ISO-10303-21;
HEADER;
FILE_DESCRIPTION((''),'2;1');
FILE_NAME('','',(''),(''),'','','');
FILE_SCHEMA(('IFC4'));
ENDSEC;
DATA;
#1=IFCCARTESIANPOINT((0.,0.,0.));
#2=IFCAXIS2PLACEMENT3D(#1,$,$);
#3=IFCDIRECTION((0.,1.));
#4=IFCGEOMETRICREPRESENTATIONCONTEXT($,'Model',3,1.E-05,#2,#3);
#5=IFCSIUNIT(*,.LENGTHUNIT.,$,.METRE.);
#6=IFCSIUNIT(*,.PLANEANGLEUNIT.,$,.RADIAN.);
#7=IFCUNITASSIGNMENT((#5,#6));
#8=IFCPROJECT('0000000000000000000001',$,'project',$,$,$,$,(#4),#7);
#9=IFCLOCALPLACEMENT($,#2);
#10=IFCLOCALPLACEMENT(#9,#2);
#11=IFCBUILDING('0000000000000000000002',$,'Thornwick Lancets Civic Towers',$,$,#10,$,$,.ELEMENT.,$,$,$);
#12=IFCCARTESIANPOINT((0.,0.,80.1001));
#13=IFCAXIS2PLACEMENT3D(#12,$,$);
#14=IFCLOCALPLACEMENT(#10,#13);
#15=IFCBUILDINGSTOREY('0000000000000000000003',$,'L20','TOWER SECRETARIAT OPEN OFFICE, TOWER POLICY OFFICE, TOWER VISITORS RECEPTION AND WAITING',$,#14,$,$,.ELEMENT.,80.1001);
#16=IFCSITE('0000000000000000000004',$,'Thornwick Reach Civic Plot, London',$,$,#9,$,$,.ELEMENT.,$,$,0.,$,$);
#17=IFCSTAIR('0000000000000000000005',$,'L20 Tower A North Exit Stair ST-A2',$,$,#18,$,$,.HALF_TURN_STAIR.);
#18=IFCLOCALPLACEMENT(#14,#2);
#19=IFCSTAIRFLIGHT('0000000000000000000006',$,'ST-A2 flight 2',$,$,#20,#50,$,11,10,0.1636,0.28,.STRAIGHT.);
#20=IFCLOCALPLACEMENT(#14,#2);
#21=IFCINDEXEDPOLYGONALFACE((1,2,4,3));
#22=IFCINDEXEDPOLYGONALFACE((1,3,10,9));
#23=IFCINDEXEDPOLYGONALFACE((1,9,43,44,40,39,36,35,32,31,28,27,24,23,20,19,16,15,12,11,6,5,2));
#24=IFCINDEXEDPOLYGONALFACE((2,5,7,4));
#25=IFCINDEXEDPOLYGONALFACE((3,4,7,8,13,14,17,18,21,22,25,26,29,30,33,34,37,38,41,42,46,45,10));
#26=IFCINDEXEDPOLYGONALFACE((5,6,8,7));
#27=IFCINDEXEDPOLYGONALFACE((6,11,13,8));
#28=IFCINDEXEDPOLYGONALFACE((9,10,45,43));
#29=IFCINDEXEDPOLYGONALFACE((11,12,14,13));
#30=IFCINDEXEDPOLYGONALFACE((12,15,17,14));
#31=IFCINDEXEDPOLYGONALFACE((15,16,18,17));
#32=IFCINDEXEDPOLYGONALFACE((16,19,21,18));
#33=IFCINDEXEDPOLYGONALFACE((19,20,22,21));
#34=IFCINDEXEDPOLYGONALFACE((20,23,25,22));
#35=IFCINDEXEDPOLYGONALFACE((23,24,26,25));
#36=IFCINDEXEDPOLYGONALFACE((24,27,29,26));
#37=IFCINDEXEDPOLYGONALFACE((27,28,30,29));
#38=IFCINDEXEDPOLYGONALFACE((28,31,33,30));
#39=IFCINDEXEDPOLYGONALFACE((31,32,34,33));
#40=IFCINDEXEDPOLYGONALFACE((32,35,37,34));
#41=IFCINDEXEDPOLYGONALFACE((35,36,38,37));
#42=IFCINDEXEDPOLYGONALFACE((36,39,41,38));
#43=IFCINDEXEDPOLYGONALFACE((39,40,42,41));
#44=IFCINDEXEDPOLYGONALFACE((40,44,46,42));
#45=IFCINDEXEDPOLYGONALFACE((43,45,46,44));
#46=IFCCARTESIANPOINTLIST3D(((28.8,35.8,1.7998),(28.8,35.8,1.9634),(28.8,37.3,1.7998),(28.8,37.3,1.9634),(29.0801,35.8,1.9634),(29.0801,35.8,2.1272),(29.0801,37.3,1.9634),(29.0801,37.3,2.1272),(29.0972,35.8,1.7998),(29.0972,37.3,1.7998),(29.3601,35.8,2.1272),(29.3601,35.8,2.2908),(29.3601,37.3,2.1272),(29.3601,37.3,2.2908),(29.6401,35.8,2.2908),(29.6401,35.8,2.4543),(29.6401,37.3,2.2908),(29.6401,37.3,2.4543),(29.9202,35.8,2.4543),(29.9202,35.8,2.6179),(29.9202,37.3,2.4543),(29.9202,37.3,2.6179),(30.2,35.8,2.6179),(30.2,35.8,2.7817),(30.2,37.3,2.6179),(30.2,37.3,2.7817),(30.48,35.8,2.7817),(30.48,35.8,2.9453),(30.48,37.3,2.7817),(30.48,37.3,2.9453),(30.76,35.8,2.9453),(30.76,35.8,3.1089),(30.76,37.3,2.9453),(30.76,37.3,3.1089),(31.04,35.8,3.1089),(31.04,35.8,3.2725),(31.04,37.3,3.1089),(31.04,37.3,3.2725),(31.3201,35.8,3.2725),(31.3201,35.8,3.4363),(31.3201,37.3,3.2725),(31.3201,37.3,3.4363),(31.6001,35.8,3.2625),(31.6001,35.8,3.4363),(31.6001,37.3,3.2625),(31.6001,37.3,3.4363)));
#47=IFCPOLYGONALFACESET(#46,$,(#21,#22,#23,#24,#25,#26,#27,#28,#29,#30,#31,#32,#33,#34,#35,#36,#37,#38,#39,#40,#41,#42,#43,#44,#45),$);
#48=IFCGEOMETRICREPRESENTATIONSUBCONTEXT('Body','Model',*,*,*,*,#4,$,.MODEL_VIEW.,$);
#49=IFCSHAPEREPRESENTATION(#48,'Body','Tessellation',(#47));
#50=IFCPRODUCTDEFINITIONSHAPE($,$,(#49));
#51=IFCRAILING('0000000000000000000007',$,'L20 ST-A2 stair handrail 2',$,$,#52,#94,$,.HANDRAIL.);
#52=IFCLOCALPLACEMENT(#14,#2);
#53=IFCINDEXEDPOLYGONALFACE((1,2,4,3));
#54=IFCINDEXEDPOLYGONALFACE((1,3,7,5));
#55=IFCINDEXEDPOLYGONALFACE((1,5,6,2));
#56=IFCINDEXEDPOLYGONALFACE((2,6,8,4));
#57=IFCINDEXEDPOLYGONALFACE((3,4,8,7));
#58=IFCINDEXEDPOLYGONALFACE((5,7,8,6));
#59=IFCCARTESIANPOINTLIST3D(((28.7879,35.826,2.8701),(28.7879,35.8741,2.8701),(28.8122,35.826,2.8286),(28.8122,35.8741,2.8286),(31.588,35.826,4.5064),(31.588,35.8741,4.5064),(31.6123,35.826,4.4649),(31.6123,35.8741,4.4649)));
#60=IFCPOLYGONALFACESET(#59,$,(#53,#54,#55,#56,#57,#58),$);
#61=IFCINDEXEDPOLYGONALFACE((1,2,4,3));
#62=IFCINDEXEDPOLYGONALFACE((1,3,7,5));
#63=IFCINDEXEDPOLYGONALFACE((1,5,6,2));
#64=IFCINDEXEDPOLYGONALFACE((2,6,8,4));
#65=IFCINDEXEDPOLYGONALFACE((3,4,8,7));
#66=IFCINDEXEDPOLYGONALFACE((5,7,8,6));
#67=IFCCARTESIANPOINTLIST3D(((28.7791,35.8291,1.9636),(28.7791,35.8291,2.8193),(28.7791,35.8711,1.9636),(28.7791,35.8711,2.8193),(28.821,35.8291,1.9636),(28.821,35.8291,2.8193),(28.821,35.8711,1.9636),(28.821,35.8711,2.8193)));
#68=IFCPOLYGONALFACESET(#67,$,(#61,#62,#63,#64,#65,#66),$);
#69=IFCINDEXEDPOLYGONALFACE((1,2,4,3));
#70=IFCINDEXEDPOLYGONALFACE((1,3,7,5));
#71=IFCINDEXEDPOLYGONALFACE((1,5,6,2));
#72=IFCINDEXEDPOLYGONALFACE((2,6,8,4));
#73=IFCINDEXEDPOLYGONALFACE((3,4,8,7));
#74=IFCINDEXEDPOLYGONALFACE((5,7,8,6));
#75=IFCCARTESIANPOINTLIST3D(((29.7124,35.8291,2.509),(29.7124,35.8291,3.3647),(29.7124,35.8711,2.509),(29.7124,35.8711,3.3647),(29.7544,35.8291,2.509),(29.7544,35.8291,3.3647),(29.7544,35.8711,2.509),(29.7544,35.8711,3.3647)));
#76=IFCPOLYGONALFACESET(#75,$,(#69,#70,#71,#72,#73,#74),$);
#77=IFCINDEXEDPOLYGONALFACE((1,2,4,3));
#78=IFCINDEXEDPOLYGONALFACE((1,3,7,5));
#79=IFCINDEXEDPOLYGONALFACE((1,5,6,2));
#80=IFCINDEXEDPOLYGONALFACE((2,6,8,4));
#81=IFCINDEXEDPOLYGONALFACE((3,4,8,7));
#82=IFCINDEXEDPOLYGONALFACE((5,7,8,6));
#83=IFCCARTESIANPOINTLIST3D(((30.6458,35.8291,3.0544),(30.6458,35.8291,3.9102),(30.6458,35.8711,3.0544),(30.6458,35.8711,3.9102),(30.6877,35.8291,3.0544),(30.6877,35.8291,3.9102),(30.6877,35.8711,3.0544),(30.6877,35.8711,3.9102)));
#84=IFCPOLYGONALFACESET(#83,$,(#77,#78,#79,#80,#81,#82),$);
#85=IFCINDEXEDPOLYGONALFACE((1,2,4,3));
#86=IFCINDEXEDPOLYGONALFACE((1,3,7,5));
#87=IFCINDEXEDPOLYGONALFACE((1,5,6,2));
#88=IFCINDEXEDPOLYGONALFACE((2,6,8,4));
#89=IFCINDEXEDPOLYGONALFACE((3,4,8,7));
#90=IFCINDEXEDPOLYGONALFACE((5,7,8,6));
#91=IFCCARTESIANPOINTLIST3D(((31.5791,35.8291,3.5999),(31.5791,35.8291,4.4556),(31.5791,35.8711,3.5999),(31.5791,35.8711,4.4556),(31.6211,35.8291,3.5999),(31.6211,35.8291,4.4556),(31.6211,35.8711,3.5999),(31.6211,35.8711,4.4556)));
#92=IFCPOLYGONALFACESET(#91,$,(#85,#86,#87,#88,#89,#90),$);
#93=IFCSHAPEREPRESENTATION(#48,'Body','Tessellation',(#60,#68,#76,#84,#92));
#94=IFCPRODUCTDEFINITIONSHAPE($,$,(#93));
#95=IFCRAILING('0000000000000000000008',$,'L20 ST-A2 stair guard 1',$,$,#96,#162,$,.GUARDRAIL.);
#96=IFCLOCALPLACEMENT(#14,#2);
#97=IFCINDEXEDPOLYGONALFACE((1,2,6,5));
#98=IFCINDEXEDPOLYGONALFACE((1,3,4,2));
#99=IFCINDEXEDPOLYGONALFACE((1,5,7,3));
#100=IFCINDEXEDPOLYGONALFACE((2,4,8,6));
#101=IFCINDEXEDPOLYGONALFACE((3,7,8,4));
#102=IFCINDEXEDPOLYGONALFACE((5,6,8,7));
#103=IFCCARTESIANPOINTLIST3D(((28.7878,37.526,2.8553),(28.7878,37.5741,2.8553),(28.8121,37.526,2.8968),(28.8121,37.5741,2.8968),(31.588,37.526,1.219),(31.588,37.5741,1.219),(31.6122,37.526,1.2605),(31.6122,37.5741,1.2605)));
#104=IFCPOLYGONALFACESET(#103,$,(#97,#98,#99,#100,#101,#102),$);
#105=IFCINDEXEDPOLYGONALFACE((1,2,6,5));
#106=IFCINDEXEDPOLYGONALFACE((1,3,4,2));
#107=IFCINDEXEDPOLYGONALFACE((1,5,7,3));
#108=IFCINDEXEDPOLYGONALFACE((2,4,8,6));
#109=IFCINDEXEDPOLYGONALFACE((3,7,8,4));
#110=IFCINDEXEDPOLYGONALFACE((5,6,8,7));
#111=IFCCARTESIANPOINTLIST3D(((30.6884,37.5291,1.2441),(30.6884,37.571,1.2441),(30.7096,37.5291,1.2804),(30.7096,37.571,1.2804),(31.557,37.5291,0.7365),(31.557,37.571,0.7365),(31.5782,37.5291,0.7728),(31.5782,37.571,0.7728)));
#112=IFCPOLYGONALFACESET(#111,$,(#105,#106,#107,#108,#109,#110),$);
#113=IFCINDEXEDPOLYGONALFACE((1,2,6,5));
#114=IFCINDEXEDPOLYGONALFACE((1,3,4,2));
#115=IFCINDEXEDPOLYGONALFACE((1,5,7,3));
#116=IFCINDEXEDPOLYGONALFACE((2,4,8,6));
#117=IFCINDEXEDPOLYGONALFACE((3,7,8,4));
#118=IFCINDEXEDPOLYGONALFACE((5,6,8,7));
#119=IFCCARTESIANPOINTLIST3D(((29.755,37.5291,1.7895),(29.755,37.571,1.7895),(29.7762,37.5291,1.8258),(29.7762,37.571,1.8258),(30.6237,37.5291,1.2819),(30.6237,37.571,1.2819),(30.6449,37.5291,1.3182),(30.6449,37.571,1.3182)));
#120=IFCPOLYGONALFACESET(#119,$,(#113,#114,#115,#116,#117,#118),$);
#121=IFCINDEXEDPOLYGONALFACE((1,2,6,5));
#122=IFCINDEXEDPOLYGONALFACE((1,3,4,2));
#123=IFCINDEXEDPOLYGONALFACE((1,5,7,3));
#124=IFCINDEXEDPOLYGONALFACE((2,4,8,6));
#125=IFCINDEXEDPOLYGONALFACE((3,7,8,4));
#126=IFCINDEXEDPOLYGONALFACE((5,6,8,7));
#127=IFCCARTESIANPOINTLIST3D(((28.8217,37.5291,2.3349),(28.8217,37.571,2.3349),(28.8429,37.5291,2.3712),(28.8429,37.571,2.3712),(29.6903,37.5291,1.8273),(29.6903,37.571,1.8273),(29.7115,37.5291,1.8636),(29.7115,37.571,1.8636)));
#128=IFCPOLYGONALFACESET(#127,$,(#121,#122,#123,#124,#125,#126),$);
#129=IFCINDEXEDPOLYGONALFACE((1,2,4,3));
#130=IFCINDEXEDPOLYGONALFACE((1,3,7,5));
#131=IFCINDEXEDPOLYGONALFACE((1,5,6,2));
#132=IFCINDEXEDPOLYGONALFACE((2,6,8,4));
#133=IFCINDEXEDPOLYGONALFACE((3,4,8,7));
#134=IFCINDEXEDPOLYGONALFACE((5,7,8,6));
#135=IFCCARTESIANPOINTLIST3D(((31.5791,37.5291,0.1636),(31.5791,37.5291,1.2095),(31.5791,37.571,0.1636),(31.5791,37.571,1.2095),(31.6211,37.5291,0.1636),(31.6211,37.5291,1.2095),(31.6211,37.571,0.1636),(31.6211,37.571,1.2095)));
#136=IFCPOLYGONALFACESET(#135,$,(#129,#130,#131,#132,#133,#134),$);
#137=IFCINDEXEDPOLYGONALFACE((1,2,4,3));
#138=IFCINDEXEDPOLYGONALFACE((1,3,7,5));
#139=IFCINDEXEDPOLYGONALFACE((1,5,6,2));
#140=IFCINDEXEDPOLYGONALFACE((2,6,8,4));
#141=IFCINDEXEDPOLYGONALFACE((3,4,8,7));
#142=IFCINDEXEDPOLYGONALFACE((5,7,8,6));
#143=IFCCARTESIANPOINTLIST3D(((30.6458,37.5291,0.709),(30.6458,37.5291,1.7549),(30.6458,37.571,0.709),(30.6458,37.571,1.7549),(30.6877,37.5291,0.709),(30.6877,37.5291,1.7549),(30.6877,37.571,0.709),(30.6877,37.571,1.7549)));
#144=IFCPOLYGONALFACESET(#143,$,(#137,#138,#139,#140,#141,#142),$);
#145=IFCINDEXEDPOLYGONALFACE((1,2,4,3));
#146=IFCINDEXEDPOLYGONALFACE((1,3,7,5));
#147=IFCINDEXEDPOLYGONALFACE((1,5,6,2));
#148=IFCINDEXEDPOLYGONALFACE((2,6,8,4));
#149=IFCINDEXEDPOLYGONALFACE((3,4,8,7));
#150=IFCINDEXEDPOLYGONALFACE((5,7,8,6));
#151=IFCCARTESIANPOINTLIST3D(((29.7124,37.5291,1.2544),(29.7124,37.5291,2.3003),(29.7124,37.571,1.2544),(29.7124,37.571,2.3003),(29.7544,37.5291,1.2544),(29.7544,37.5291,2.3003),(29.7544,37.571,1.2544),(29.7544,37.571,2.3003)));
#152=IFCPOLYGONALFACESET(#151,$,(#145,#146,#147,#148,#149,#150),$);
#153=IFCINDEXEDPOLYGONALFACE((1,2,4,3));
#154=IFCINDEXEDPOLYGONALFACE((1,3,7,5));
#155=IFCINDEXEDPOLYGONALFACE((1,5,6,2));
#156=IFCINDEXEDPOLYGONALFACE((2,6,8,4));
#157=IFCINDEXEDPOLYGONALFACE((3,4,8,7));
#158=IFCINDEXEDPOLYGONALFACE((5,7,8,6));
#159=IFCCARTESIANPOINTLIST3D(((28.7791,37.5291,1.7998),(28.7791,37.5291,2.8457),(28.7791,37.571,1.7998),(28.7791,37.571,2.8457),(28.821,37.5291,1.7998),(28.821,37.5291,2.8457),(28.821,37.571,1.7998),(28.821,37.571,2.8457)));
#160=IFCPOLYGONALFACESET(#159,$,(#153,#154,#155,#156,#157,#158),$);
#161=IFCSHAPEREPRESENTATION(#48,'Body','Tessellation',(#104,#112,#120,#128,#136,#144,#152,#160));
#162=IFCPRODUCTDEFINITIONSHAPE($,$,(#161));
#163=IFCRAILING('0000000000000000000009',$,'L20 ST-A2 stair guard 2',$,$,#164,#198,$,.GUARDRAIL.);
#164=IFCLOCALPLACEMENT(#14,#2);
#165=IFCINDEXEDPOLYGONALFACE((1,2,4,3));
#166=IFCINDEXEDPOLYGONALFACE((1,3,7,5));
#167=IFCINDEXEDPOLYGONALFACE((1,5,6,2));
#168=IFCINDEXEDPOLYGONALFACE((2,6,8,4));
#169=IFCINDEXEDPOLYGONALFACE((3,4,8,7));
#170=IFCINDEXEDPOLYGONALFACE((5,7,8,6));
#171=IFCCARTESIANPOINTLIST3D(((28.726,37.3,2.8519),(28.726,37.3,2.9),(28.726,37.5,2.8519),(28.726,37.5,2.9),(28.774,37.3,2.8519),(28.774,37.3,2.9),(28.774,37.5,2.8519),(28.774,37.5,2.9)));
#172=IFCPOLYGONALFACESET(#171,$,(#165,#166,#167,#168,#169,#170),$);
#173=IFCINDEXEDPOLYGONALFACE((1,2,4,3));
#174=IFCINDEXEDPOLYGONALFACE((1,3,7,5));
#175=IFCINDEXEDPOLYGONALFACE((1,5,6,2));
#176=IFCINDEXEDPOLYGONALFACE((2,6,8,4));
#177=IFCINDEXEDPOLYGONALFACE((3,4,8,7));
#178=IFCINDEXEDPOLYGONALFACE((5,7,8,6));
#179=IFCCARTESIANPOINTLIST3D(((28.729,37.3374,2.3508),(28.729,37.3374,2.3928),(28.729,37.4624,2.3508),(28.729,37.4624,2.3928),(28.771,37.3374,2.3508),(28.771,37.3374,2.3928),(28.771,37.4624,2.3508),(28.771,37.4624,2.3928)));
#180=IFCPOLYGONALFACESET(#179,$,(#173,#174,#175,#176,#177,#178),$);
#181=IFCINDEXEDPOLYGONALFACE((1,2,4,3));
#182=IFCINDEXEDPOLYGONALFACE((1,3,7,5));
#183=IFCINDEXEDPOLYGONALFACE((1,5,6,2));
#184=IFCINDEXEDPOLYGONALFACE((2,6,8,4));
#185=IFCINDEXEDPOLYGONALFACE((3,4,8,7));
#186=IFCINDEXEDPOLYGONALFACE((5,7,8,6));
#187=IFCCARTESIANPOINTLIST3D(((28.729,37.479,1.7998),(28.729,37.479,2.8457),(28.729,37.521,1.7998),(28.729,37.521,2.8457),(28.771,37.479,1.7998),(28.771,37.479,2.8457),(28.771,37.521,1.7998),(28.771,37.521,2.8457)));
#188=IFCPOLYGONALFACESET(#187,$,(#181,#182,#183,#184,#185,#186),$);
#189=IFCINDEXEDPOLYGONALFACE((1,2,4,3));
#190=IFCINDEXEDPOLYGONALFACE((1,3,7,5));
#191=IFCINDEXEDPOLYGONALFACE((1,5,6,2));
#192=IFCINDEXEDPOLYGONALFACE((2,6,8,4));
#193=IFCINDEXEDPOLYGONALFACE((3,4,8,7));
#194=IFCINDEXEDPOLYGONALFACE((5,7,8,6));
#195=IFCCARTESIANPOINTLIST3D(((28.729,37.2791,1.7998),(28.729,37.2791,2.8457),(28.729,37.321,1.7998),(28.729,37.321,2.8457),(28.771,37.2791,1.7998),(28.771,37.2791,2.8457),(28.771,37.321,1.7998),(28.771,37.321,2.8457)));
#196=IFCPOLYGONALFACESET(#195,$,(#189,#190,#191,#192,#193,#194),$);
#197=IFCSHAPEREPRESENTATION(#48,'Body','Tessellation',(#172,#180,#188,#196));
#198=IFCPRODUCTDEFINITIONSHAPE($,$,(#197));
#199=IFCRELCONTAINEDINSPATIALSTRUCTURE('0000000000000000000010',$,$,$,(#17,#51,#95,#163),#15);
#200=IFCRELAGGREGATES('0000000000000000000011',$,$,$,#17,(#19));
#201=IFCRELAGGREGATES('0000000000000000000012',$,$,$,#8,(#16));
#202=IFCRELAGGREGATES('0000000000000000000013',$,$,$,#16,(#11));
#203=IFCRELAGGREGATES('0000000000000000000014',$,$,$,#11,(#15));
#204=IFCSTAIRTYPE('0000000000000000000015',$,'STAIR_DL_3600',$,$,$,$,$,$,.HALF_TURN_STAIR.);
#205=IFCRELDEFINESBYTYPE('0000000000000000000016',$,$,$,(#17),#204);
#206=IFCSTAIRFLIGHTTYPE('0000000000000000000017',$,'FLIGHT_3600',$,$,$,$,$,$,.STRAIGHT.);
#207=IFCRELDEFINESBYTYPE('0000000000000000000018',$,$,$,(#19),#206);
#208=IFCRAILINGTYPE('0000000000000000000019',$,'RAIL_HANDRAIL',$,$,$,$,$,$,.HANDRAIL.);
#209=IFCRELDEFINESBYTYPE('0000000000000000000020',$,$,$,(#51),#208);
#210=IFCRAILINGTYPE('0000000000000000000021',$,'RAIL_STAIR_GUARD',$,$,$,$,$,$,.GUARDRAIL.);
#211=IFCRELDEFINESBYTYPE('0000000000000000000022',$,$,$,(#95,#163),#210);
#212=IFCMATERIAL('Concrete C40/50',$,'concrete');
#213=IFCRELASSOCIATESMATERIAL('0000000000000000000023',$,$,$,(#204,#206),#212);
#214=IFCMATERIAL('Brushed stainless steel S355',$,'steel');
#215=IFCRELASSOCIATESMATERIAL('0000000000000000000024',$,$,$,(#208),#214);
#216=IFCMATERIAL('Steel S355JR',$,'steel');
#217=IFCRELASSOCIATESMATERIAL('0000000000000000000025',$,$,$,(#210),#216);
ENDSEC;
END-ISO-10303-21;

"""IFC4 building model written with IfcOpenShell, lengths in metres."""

from ifc_helpers import new_model, si_unit, direction, frame, origin, origin_2d, place, context, subcontext, project, spatial, polyline, rectangle, outline, extrude, material, type_object, element, aggregate, save


model = new_model("IFC4")

# Units and contexts
model_context = context("Model", 3, precision=1e-05, world=origin(), true_north=direction((0.0, 1.0)))
body_context = subcontext(model_context, "Body", "Model", "MODEL_VIEW")
ifc_project = project(units=[si_unit("LENGTHUNIT", "METRE"), si_unit("PLANEANGLEUNIT", "RADIAN")], contexts=[model_context])

# Site, building, storey
site_placement = place(None, origin())
site = spatial("IfcSite", under=ifc_project, at=site_placement, Name="Thornwick Reach Civic Plot, London", CompositionType="ELEMENT", RefElevation=0.0)
building_placement = place(site_placement, origin())
building = spatial("IfcBuilding", under=site, at=building_placement, Name="Thornwick Lancets Civic Towers", CompositionType="ELEMENT")
storey_placement = place(building_placement, frame((0.0, 0.0, 80.1001)))
storey = spatial("IfcBuildingStorey", under=building, at=storey_placement, Name="L20", Description="TOWER SECRETARIAT OPEN OFFICE, TOWER POLICY OFFICE, TOWER VISITORS RECEPTION AND WAITING", CompositionType="ELEMENT", Elevation=80.1001)

# Shared definitions
ifc_material_1 = material(Name="Steel S355JR", Category="steel")

# Shared definitions
ifc_material_2 = material(Name="Concrete C40/50", Category="concrete")

# Stair, stair flight
stair_type = type_object("IfcStairType", Name="STAIR_DL_3600", PredefinedType="HALF_TURN_STAIR", material=ifc_material_2)
stair_placement = place(storey_placement, origin())
stair = element("IfcStair", 1, at=stair_placement, inside=storey, type_object=stair_type, Name="L20 Tower A North Exit Stair ST-A2", PredefinedType="HALF_TURN_STAIR")
stair_flight_type = type_object("IfcStairFlightType", Name="FLIGHT_3600", PredefinedType="STRAIGHT", material=ifc_material_2)
stair_flight_1_placement = place(storey_placement, frame((28.8, 36.55, 1.7998), z_axis=(0.0, 0.0, 1.0), x_axis=(1.0, 0.0, 0.0)))
stair_flight_1 = element("IfcStairFlight", 2, at=stair_flight_1_placement, type_object=stair_flight_type, Name="ST-A2 flight 2", NumberOfRisers=11, NumberOfTreads=10, PredefinedType="STRAIGHT", RiserHeight=0.1636, TreadLength=0.28, context=body_context, shape_type="SweptSolid", body=[
    extrude(outline(polyline([(0.0, 0.0), (0.0, 0.1636), (0.28, 0.1636), (0.28, 0.3274), (0.5601, 0.3274), (0.5601, 0.491), (0.8401, 0.491), (0.8401, 0.6545), (1.1201, 0.6545), (1.1201, 0.8181), (1.3999, 0.8181), (1.3999, 0.9819), (1.6799, 0.9819), (1.6799, 1.1455), (1.96, 1.1455), (1.96, 1.3091), (2.24, 1.3091), (2.24, 1.4727), (2.52, 1.4727), (2.52, 1.6365), (2.8, 1.6365), (2.8, 1.8), (2.8, 1.4626), (0.2971, 0.0), (0.0, 0.0)])), frame((0.0, 0.75, 0.0), z_axis=(0.0, -1.0, 0.0), x_axis=(1.0, 0.0, 0.0)), (0.0, 0.0, 1.0), 1.5),
])
aggregate(stair, [stair_flight_1])

# Railings
ifc_material_3 = material(Name="Brushed stainless steel S355", Category="steel")
railing_type_1 = type_object("IfcRailingType", Name="RAIL_HANDRAIL", PredefinedType="HANDRAIL", material=ifc_material_3)
railing_1_placement = place(storey_placement, frame((28.8, 35.8501, 1.9636)))
element("IfcRailing", 3, at=railing_1_placement, inside=storey, type_object=railing_type_1, Name="L20 ST-A2 stair handrail 2", PredefinedType="HANDRAIL", context=body_context, shape_type="SweptSolid", body=[
    extrude(rectangle(XDim=0.0481, YDim=0.0481, at=origin_2d()), frame((0.0, 0.0, 0.8857), z_axis=(0.863394, 0.0, 0.504531), x_axis=(0.0, 1.0, 0.0)), (0.0, 0.0, 1.0), 3.2432),
    extrude(rectangle(XDim=0.042, YDim=0.042, at=origin_2d()), origin(), (0.0, 0.0, 1.0), 0.8557),
    extrude(rectangle(XDim=0.042, YDim=0.042, at=origin_2d()), frame((0.9333, 0.0, 0.5454)), (0.0, 0.0, 1.0), 0.8557),
    extrude(rectangle(XDim=0.042, YDim=0.042, at=origin_2d()), frame((1.8667, 0.0, 1.0908)), (0.0, 0.0, 1.0), 0.8557),
    extrude(rectangle(XDim=0.042, YDim=0.042, at=origin_2d()), frame((2.8, 0.0, 1.6362)), (0.0, 0.0, 1.0), 0.8557),
])
railing_type_2 = type_object("IfcRailingType", Name="RAIL_STAIR_GUARD", PredefinedType="GUARDRAIL", material=ifc_material_1)
railing_2_placement = place(storey_placement, frame((31.6001, 37.55, 0.1636)))
element("IfcRailing", 4, at=railing_2_placement, inside=storey, type_object=railing_type_2, Name="L20 ST-A2 stair guard 1", PredefinedType="GUARDRAIL", context=body_context, shape_type="SweptSolid", body=[
    extrude(rectangle(XDim=0.0481, YDim=0.0481, at=origin_2d()), frame((0.0, 0.0, 1.0762), z_axis=(-0.863394, 0.0, 0.504531), x_axis=(0.0, -1.0, 0.0)), (0.0, 0.0, 1.0), 3.2432),
    extrude(rectangle(XDim=0.042, YDim=0.042, at=origin_2d()), frame((-0.0325, 0.0, 0.5911), z_axis=(-0.863394, 0.0, 0.504531), x_axis=(0.0, -1.0, 0.0)), (0.0, 0.0, 1.0), 1.0061),
    extrude(rectangle(XDim=0.042, YDim=0.042, at=origin_2d()), frame((-0.9658, 0.0, 1.1365), z_axis=(-0.863394, 0.0, 0.504531), x_axis=(0.0, -1.0, 0.0)), (0.0, 0.0, 1.0), 1.0061),
    extrude(rectangle(XDim=0.042, YDim=0.042, at=origin_2d()), frame((-1.8992, 0.0, 1.6819), z_axis=(-0.863394, 0.0, 0.504531), x_axis=(0.0, -1.0, 0.0)), (0.0, 0.0, 1.0), 1.0061),
    extrude(rectangle(XDim=0.042, YDim=0.042, at=origin_2d()), origin(), (0.0, 0.0, 1.0), 1.0459),
    extrude(rectangle(XDim=0.042, YDim=0.042, at=origin_2d()), frame((-0.9333, 0.0, 0.5454)), (0.0, 0.0, 1.0), 1.0459),
    extrude(rectangle(XDim=0.042, YDim=0.042, at=origin_2d()), frame((-1.8667, 0.0, 1.0908)), (0.0, 0.0, 1.0), 1.0459),
    extrude(rectangle(XDim=0.042, YDim=0.042, at=origin_2d()), frame((-2.8, 0.0, 1.6362)), (0.0, 0.0, 1.0), 1.0459),
])
railing_3_placement = place(storey_placement, frame((28.75, 37.5, 1.7998)))
element("IfcRailing", 5, at=railing_3_placement, inside=storey, type_object=railing_type_2, Name="L20 ST-A2 stair guard 2", PredefinedType="GUARDRAIL", context=body_context, shape_type="SweptSolid", body=[
    extrude(rectangle(XDim=0.0481, YDim=0.0481, at=origin_2d()), frame((0.0, 0.0, 1.0762), z_axis=(0.0, -1.0, 0.0), x_axis=(1.0, 0.0, 0.0)), (0.0, 0.0, 1.0), 0.2),
    extrude(rectangle(XDim=0.042, YDim=0.042, at=origin_2d()), frame((0.0, -0.0376, 0.572), z_axis=(0.0, -1.0, 0.0), x_axis=(1.0, 0.0, 0.0)), (0.0, 0.0, 1.0), 0.125),
    extrude(rectangle(XDim=0.042, YDim=0.042, at=origin_2d()), origin(), (0.0, 0.0, 1.0), 1.0459),
    extrude(rectangle(XDim=0.042, YDim=0.042, at=origin_2d()), frame((0.0, -0.2, 0.0)), (0.0, 0.0, 1.0), 1.0459),
])

save(model, "model.ifc")
